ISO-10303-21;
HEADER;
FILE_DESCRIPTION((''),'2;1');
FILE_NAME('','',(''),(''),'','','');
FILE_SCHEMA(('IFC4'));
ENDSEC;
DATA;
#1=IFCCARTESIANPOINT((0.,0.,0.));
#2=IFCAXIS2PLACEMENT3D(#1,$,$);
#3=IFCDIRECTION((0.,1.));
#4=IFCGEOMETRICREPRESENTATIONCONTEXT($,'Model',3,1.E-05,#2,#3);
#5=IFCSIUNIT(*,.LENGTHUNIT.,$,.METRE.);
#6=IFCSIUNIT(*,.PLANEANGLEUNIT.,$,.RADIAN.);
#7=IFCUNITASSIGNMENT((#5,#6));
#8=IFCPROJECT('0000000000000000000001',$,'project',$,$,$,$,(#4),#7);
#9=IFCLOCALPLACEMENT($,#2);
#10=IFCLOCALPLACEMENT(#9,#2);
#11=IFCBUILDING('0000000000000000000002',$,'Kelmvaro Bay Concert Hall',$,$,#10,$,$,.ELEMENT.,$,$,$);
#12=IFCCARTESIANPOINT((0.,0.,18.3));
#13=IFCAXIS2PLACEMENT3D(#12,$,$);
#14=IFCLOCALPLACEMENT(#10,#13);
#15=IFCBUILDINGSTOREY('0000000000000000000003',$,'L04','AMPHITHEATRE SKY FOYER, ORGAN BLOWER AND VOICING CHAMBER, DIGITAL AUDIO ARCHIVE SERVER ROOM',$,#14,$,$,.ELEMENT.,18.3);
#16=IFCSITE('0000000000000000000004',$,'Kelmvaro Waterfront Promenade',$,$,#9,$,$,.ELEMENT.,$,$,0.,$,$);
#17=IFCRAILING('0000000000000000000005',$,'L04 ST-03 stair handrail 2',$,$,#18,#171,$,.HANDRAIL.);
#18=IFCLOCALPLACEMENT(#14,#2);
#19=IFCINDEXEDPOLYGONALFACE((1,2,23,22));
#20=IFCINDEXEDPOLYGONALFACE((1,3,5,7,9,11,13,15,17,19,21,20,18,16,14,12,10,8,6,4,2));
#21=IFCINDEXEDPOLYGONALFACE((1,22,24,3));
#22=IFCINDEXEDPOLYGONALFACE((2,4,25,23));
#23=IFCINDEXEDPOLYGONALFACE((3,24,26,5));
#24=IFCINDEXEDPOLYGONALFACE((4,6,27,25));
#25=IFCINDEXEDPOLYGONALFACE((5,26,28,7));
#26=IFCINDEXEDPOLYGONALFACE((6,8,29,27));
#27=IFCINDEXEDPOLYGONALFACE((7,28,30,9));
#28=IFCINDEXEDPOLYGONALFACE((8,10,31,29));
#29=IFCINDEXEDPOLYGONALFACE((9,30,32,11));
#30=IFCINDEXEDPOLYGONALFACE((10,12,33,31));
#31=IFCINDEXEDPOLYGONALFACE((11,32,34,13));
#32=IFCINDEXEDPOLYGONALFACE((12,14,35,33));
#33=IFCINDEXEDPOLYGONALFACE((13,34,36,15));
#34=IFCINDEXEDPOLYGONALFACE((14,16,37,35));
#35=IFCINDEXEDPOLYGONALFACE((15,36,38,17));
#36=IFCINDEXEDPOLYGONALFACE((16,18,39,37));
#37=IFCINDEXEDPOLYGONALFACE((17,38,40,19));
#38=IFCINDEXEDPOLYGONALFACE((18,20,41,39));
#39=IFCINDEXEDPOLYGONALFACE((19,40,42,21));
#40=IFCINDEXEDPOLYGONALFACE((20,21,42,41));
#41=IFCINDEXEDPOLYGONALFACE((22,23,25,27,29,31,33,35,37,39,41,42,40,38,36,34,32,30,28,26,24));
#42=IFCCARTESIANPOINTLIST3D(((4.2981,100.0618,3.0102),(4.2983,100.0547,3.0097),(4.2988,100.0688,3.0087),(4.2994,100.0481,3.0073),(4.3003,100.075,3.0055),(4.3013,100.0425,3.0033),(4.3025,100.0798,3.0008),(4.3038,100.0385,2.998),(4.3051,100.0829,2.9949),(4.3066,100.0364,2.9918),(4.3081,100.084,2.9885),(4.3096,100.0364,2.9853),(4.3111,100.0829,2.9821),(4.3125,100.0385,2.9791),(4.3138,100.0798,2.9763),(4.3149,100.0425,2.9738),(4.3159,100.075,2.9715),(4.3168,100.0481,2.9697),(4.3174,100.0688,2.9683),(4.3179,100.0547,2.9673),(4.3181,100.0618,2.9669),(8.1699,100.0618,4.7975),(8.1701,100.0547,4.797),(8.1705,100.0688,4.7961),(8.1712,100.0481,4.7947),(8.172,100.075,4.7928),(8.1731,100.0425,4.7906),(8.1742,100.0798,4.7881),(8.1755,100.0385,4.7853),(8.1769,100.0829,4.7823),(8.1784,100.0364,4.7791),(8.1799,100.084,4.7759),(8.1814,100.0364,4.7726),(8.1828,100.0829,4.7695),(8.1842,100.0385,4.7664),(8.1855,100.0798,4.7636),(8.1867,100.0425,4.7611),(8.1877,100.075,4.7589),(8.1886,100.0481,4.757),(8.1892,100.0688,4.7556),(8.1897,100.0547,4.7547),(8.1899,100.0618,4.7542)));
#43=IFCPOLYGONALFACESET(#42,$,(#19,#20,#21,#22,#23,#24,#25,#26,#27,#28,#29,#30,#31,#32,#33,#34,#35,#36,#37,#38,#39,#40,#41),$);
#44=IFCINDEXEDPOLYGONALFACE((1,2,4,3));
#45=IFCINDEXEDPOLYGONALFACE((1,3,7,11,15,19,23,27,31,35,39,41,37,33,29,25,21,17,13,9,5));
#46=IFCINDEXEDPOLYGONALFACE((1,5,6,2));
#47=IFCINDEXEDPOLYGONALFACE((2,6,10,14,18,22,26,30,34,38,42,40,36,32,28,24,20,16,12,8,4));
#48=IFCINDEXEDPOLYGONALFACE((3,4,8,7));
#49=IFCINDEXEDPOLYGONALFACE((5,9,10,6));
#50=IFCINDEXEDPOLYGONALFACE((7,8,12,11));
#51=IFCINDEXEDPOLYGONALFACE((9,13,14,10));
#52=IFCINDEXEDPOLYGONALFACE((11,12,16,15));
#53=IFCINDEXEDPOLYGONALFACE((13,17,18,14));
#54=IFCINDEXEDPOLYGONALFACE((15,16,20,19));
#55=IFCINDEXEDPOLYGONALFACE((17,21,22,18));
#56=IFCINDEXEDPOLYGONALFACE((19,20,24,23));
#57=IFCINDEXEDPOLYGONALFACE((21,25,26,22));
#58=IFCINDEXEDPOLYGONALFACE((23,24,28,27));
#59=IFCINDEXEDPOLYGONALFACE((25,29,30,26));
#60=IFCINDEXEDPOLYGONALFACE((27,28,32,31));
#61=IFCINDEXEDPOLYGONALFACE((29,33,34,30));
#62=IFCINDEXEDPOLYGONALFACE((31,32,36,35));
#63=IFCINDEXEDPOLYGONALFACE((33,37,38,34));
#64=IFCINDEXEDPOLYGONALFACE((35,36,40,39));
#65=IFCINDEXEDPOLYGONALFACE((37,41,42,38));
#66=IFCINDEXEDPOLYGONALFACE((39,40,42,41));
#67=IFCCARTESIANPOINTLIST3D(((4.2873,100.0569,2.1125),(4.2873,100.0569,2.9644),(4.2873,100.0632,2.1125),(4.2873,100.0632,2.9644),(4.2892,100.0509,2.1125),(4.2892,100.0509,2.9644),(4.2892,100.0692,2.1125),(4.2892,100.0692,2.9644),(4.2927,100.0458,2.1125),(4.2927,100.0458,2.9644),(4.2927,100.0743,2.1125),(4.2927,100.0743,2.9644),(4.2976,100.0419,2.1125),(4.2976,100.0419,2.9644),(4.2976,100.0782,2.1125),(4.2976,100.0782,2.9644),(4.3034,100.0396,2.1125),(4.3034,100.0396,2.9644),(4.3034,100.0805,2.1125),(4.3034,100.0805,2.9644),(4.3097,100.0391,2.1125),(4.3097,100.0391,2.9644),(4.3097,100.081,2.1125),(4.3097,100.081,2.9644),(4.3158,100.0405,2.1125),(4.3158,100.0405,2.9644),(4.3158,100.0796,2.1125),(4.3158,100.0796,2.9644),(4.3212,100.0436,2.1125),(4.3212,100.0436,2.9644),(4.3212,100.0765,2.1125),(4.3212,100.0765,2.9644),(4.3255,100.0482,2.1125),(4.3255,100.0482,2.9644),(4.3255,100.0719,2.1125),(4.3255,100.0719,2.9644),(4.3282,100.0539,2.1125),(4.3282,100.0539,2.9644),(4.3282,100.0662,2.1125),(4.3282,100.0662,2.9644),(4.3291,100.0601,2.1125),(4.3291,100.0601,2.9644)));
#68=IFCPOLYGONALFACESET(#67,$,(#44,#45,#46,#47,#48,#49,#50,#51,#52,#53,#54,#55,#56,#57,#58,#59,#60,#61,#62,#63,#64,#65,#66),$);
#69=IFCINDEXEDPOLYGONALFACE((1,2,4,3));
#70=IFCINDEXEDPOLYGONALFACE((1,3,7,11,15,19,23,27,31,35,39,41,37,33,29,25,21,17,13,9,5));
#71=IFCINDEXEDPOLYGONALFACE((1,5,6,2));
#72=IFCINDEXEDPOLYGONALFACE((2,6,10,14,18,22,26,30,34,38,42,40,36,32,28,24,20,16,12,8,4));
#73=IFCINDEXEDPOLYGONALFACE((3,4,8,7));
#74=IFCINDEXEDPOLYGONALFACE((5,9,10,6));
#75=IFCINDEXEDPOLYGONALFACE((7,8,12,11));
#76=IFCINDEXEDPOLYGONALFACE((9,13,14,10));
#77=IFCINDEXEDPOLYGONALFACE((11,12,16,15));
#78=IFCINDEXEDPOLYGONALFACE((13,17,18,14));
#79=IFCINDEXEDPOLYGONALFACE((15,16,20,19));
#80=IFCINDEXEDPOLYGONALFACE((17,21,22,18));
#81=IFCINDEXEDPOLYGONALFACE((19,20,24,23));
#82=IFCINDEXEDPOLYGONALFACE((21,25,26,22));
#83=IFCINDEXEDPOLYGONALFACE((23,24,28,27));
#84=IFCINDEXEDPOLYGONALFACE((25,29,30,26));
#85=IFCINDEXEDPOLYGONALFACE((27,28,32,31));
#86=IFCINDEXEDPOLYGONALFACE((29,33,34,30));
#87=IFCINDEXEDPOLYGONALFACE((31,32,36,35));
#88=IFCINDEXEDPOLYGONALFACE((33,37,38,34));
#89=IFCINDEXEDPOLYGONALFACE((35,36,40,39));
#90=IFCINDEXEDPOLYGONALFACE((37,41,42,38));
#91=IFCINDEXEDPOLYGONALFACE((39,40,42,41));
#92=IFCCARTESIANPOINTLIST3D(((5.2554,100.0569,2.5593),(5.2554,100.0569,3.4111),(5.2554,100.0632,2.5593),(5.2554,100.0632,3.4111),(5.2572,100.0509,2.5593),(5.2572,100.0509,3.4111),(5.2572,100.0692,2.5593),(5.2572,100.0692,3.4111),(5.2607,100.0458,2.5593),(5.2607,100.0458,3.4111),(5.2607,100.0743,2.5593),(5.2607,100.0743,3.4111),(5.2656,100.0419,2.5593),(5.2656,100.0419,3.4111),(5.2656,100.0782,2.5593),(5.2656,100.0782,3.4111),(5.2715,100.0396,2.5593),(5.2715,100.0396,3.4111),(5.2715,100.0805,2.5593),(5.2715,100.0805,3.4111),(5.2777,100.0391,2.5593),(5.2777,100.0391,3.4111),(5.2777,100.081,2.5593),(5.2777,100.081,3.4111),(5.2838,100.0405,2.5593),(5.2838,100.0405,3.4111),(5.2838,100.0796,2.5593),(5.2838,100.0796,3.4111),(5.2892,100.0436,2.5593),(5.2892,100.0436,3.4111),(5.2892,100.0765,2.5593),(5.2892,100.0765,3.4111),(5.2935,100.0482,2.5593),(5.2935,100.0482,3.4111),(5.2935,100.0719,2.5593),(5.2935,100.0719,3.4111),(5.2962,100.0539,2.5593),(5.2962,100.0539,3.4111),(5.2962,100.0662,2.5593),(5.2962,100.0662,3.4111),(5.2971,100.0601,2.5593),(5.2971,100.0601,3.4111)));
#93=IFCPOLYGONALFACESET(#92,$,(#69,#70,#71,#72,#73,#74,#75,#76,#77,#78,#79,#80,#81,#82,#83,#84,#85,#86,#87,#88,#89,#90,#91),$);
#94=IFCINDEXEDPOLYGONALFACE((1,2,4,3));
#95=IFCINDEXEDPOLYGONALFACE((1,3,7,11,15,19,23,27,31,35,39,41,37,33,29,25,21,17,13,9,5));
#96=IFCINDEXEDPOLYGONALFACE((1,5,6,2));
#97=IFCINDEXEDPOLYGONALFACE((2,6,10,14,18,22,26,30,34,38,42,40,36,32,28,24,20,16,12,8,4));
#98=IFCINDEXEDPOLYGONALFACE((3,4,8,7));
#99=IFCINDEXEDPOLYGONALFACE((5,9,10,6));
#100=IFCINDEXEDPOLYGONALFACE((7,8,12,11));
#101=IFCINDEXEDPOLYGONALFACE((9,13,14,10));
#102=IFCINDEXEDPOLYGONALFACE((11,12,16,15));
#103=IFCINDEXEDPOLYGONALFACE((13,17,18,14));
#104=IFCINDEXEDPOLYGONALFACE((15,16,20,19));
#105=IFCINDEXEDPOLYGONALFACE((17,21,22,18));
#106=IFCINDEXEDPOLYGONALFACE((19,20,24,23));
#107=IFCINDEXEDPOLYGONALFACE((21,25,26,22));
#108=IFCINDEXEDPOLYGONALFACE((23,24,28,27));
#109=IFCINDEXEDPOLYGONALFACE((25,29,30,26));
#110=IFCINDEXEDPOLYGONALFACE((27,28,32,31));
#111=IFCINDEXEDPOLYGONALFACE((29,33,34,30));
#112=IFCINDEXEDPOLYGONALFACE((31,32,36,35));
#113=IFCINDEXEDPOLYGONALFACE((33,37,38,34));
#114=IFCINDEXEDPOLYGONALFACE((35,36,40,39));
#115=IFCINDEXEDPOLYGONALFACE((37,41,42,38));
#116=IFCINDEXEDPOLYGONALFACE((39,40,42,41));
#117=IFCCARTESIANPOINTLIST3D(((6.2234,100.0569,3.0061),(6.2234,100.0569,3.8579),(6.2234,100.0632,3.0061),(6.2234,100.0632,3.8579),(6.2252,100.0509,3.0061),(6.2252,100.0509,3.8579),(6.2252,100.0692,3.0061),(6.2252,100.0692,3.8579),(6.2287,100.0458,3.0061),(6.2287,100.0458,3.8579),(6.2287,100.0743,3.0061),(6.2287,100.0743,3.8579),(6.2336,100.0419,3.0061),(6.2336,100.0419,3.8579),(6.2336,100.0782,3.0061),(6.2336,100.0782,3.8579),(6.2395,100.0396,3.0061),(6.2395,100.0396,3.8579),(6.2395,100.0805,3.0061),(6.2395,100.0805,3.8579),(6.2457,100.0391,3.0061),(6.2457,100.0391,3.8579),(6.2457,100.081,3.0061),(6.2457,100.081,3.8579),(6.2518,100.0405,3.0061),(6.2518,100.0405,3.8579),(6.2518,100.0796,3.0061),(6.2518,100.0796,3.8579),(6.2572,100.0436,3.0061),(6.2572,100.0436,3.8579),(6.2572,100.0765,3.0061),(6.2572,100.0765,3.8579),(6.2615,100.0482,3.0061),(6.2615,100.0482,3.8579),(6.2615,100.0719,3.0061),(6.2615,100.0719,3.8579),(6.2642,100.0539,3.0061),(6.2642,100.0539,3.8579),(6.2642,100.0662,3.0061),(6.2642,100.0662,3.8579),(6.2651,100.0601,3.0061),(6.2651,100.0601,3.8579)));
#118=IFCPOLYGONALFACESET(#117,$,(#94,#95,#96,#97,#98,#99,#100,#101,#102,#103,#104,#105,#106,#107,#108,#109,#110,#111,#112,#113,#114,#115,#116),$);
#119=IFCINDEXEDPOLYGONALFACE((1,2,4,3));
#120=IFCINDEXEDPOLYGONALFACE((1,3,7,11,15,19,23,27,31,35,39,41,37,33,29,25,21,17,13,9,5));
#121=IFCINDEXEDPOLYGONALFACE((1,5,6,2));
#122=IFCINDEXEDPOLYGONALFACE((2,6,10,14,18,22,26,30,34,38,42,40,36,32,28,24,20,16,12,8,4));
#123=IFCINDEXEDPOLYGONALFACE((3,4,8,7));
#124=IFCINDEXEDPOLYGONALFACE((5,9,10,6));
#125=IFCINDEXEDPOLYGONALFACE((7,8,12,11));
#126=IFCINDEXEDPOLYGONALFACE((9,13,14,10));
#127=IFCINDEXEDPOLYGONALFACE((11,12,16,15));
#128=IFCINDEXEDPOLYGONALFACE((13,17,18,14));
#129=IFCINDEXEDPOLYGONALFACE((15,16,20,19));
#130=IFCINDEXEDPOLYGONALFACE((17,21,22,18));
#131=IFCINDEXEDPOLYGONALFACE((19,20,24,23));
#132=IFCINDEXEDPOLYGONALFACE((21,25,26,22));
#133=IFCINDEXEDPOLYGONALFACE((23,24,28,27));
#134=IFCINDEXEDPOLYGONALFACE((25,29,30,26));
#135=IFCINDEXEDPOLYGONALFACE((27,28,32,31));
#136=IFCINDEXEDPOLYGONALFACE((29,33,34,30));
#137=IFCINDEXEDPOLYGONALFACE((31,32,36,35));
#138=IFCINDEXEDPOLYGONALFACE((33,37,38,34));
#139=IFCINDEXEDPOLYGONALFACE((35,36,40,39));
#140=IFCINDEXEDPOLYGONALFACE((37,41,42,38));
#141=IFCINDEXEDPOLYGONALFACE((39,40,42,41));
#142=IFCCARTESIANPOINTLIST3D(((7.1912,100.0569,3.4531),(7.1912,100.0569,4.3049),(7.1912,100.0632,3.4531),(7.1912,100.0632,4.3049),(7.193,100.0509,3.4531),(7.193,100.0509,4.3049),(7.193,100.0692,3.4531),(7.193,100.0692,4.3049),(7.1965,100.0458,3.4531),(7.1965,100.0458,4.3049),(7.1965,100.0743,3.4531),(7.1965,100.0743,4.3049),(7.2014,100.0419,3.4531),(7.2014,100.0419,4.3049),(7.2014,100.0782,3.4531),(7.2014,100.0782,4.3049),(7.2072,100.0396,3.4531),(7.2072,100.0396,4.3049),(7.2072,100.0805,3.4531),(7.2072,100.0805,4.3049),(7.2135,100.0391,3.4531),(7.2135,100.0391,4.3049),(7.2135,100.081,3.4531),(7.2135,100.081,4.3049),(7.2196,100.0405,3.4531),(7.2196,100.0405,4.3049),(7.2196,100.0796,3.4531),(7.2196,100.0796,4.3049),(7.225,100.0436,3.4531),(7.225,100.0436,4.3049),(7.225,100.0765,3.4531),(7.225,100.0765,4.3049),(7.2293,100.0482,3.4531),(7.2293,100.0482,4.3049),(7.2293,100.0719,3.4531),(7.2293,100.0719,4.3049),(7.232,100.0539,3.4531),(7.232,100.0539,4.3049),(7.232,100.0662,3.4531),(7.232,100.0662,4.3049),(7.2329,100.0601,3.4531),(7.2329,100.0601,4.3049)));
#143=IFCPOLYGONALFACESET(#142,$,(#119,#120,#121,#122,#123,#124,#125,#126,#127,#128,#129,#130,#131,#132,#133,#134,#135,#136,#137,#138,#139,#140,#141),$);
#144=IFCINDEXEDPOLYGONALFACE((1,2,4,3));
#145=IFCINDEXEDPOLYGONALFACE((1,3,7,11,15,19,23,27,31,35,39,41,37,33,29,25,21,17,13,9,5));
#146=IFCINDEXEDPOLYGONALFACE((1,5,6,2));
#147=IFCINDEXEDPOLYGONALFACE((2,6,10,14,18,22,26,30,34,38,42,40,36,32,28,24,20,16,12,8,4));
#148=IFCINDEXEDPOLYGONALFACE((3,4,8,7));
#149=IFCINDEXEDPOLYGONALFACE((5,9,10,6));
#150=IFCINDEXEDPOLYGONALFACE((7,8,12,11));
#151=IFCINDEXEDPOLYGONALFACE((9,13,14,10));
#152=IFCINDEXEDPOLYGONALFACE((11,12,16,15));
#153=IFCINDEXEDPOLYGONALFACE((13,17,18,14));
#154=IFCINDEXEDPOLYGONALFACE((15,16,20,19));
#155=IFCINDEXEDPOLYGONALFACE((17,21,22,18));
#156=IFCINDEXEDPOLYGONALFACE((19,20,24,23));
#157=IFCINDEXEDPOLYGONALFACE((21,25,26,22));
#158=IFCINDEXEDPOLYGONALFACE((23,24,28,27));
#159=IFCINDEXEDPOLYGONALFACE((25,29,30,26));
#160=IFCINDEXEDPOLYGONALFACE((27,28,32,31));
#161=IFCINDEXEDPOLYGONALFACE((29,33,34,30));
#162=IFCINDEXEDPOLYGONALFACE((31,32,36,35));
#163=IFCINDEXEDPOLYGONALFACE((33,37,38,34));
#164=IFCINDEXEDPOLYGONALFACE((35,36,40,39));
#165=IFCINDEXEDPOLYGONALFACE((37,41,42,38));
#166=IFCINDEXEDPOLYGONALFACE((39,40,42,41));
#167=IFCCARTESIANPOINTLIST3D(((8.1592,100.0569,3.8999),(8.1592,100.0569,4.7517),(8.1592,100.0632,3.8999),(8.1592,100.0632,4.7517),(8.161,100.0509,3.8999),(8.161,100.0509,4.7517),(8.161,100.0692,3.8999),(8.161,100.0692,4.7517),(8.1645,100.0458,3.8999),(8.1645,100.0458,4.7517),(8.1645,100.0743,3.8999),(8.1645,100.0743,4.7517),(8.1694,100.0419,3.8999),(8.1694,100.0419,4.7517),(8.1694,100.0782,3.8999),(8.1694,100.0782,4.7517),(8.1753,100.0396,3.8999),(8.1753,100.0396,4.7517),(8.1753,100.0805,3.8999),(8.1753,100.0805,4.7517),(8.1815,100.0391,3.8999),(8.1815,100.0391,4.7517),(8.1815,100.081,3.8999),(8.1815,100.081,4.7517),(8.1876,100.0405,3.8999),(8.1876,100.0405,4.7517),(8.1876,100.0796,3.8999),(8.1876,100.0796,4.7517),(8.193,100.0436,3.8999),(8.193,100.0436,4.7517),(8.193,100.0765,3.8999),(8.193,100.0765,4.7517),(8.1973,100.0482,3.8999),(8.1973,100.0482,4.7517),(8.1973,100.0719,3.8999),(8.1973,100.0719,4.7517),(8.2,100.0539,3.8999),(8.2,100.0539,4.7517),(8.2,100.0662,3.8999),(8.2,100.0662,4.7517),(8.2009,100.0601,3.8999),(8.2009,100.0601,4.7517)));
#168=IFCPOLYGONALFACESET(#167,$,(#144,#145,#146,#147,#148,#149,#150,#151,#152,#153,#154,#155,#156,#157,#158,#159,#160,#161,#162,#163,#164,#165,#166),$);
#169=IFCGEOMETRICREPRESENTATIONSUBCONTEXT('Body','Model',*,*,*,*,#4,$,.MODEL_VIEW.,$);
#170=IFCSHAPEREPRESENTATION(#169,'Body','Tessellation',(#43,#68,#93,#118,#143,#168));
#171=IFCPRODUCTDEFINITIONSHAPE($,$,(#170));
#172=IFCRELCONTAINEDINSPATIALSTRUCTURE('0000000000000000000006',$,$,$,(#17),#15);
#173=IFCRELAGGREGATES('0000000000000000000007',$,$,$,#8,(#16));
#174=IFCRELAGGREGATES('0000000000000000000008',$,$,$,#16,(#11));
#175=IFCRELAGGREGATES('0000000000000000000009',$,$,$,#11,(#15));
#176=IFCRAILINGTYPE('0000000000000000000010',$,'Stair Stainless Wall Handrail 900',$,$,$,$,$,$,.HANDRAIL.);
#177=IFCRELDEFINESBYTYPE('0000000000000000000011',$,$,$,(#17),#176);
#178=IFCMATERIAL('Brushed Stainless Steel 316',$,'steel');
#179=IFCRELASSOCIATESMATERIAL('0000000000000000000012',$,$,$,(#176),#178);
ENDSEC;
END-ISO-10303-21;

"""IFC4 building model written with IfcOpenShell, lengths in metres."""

from ifc_helpers import new_model, si_unit, direction, frame, origin, origin_2d, place, context, subcontext, project, spatial, circle, extrude, material, type_object, element, save


model = new_model("IFC4")

# Units and contexts
model_context = context("Model", 3, precision=1e-05, world=origin(), true_north=direction((0.0, 1.0)))
body_context = subcontext(model_context, "Body", "Model", "MODEL_VIEW")
ifc_project = project(units=[si_unit("LENGTHUNIT", "METRE"), si_unit("PLANEANGLEUNIT", "RADIAN")], contexts=[model_context])

# Site, building, storey
site_placement = place(None, origin())
site = spatial("IfcSite", under=ifc_project, at=site_placement, Name="Kelmvaro Waterfront Promenade", CompositionType="ELEMENT", RefElevation=0.0)
building_placement = place(site_placement, origin())
building = spatial("IfcBuilding", under=site, at=building_placement, Name="Kelmvaro Bay Concert Hall", CompositionType="ELEMENT")
storey_placement = place(building_placement, frame((0.0, 0.0, 18.3)))
storey = spatial("IfcBuildingStorey", under=building, at=storey_placement, Name="L04", Description="AMPHITHEATRE SKY FOYER, ORGAN BLOWER AND VOICING CHAMBER, DIGITAL AUDIO ARCHIVE SERVER ROOM", CompositionType="ELEMENT", Elevation=18.3)

# Railing
ifc_material_1 = material(Name="Brushed Stainless Steel 316", Category="steel")
railing_type_1 = type_object("IfcRailingType", Name="Stair Stainless Wall Handrail 900", PredefinedType="HANDRAIL", material=ifc_material_1)
railing_1_placement = place(storey_placement, frame((4.3081, 100.0601, 2.1125)))
element("IfcRailing", 1, at=railing_1_placement, inside=storey, type_object=railing_type_1, Name="L04 ST-03 stair handrail 2", PredefinedType="HANDRAIL", context=body_context, shape_type="SweptSolid", body=[
    extrude(circle(Radius=0.0239, at=origin_2d()), frame((0.0, 0.0, 0.876), z_axis=(0.907928, 0.0, 0.419127), x_axis=(0.0, 1.0, 0.0)), (0.0, 0.0, 1.0), 4.2644),
    extrude(circle(Radius=0.021, at=origin_2d()), origin(), (0.0, 0.0, 1.0), 0.8518),
    extrude(circle(Radius=0.021, at=origin_2d()), frame((0.968, 0.0, 0.4468)), (0.0, 0.0, 1.0), 0.8518),
    extrude(circle(Radius=0.021, at=origin_2d()), frame((1.936, 0.0, 0.8936)), (0.0, 0.0, 1.0), 0.8518),
    extrude(circle(Radius=0.021, at=origin_2d()), frame((2.9038, 0.0, 1.3406)), (0.0, 0.0, 1.0), 0.8518),
    extrude(circle(Radius=0.021, at=origin_2d()), frame((3.8718, 0.0, 1.7874)), (0.0, 0.0, 1.0), 0.8518),
])

save(model, "model.ifc")
